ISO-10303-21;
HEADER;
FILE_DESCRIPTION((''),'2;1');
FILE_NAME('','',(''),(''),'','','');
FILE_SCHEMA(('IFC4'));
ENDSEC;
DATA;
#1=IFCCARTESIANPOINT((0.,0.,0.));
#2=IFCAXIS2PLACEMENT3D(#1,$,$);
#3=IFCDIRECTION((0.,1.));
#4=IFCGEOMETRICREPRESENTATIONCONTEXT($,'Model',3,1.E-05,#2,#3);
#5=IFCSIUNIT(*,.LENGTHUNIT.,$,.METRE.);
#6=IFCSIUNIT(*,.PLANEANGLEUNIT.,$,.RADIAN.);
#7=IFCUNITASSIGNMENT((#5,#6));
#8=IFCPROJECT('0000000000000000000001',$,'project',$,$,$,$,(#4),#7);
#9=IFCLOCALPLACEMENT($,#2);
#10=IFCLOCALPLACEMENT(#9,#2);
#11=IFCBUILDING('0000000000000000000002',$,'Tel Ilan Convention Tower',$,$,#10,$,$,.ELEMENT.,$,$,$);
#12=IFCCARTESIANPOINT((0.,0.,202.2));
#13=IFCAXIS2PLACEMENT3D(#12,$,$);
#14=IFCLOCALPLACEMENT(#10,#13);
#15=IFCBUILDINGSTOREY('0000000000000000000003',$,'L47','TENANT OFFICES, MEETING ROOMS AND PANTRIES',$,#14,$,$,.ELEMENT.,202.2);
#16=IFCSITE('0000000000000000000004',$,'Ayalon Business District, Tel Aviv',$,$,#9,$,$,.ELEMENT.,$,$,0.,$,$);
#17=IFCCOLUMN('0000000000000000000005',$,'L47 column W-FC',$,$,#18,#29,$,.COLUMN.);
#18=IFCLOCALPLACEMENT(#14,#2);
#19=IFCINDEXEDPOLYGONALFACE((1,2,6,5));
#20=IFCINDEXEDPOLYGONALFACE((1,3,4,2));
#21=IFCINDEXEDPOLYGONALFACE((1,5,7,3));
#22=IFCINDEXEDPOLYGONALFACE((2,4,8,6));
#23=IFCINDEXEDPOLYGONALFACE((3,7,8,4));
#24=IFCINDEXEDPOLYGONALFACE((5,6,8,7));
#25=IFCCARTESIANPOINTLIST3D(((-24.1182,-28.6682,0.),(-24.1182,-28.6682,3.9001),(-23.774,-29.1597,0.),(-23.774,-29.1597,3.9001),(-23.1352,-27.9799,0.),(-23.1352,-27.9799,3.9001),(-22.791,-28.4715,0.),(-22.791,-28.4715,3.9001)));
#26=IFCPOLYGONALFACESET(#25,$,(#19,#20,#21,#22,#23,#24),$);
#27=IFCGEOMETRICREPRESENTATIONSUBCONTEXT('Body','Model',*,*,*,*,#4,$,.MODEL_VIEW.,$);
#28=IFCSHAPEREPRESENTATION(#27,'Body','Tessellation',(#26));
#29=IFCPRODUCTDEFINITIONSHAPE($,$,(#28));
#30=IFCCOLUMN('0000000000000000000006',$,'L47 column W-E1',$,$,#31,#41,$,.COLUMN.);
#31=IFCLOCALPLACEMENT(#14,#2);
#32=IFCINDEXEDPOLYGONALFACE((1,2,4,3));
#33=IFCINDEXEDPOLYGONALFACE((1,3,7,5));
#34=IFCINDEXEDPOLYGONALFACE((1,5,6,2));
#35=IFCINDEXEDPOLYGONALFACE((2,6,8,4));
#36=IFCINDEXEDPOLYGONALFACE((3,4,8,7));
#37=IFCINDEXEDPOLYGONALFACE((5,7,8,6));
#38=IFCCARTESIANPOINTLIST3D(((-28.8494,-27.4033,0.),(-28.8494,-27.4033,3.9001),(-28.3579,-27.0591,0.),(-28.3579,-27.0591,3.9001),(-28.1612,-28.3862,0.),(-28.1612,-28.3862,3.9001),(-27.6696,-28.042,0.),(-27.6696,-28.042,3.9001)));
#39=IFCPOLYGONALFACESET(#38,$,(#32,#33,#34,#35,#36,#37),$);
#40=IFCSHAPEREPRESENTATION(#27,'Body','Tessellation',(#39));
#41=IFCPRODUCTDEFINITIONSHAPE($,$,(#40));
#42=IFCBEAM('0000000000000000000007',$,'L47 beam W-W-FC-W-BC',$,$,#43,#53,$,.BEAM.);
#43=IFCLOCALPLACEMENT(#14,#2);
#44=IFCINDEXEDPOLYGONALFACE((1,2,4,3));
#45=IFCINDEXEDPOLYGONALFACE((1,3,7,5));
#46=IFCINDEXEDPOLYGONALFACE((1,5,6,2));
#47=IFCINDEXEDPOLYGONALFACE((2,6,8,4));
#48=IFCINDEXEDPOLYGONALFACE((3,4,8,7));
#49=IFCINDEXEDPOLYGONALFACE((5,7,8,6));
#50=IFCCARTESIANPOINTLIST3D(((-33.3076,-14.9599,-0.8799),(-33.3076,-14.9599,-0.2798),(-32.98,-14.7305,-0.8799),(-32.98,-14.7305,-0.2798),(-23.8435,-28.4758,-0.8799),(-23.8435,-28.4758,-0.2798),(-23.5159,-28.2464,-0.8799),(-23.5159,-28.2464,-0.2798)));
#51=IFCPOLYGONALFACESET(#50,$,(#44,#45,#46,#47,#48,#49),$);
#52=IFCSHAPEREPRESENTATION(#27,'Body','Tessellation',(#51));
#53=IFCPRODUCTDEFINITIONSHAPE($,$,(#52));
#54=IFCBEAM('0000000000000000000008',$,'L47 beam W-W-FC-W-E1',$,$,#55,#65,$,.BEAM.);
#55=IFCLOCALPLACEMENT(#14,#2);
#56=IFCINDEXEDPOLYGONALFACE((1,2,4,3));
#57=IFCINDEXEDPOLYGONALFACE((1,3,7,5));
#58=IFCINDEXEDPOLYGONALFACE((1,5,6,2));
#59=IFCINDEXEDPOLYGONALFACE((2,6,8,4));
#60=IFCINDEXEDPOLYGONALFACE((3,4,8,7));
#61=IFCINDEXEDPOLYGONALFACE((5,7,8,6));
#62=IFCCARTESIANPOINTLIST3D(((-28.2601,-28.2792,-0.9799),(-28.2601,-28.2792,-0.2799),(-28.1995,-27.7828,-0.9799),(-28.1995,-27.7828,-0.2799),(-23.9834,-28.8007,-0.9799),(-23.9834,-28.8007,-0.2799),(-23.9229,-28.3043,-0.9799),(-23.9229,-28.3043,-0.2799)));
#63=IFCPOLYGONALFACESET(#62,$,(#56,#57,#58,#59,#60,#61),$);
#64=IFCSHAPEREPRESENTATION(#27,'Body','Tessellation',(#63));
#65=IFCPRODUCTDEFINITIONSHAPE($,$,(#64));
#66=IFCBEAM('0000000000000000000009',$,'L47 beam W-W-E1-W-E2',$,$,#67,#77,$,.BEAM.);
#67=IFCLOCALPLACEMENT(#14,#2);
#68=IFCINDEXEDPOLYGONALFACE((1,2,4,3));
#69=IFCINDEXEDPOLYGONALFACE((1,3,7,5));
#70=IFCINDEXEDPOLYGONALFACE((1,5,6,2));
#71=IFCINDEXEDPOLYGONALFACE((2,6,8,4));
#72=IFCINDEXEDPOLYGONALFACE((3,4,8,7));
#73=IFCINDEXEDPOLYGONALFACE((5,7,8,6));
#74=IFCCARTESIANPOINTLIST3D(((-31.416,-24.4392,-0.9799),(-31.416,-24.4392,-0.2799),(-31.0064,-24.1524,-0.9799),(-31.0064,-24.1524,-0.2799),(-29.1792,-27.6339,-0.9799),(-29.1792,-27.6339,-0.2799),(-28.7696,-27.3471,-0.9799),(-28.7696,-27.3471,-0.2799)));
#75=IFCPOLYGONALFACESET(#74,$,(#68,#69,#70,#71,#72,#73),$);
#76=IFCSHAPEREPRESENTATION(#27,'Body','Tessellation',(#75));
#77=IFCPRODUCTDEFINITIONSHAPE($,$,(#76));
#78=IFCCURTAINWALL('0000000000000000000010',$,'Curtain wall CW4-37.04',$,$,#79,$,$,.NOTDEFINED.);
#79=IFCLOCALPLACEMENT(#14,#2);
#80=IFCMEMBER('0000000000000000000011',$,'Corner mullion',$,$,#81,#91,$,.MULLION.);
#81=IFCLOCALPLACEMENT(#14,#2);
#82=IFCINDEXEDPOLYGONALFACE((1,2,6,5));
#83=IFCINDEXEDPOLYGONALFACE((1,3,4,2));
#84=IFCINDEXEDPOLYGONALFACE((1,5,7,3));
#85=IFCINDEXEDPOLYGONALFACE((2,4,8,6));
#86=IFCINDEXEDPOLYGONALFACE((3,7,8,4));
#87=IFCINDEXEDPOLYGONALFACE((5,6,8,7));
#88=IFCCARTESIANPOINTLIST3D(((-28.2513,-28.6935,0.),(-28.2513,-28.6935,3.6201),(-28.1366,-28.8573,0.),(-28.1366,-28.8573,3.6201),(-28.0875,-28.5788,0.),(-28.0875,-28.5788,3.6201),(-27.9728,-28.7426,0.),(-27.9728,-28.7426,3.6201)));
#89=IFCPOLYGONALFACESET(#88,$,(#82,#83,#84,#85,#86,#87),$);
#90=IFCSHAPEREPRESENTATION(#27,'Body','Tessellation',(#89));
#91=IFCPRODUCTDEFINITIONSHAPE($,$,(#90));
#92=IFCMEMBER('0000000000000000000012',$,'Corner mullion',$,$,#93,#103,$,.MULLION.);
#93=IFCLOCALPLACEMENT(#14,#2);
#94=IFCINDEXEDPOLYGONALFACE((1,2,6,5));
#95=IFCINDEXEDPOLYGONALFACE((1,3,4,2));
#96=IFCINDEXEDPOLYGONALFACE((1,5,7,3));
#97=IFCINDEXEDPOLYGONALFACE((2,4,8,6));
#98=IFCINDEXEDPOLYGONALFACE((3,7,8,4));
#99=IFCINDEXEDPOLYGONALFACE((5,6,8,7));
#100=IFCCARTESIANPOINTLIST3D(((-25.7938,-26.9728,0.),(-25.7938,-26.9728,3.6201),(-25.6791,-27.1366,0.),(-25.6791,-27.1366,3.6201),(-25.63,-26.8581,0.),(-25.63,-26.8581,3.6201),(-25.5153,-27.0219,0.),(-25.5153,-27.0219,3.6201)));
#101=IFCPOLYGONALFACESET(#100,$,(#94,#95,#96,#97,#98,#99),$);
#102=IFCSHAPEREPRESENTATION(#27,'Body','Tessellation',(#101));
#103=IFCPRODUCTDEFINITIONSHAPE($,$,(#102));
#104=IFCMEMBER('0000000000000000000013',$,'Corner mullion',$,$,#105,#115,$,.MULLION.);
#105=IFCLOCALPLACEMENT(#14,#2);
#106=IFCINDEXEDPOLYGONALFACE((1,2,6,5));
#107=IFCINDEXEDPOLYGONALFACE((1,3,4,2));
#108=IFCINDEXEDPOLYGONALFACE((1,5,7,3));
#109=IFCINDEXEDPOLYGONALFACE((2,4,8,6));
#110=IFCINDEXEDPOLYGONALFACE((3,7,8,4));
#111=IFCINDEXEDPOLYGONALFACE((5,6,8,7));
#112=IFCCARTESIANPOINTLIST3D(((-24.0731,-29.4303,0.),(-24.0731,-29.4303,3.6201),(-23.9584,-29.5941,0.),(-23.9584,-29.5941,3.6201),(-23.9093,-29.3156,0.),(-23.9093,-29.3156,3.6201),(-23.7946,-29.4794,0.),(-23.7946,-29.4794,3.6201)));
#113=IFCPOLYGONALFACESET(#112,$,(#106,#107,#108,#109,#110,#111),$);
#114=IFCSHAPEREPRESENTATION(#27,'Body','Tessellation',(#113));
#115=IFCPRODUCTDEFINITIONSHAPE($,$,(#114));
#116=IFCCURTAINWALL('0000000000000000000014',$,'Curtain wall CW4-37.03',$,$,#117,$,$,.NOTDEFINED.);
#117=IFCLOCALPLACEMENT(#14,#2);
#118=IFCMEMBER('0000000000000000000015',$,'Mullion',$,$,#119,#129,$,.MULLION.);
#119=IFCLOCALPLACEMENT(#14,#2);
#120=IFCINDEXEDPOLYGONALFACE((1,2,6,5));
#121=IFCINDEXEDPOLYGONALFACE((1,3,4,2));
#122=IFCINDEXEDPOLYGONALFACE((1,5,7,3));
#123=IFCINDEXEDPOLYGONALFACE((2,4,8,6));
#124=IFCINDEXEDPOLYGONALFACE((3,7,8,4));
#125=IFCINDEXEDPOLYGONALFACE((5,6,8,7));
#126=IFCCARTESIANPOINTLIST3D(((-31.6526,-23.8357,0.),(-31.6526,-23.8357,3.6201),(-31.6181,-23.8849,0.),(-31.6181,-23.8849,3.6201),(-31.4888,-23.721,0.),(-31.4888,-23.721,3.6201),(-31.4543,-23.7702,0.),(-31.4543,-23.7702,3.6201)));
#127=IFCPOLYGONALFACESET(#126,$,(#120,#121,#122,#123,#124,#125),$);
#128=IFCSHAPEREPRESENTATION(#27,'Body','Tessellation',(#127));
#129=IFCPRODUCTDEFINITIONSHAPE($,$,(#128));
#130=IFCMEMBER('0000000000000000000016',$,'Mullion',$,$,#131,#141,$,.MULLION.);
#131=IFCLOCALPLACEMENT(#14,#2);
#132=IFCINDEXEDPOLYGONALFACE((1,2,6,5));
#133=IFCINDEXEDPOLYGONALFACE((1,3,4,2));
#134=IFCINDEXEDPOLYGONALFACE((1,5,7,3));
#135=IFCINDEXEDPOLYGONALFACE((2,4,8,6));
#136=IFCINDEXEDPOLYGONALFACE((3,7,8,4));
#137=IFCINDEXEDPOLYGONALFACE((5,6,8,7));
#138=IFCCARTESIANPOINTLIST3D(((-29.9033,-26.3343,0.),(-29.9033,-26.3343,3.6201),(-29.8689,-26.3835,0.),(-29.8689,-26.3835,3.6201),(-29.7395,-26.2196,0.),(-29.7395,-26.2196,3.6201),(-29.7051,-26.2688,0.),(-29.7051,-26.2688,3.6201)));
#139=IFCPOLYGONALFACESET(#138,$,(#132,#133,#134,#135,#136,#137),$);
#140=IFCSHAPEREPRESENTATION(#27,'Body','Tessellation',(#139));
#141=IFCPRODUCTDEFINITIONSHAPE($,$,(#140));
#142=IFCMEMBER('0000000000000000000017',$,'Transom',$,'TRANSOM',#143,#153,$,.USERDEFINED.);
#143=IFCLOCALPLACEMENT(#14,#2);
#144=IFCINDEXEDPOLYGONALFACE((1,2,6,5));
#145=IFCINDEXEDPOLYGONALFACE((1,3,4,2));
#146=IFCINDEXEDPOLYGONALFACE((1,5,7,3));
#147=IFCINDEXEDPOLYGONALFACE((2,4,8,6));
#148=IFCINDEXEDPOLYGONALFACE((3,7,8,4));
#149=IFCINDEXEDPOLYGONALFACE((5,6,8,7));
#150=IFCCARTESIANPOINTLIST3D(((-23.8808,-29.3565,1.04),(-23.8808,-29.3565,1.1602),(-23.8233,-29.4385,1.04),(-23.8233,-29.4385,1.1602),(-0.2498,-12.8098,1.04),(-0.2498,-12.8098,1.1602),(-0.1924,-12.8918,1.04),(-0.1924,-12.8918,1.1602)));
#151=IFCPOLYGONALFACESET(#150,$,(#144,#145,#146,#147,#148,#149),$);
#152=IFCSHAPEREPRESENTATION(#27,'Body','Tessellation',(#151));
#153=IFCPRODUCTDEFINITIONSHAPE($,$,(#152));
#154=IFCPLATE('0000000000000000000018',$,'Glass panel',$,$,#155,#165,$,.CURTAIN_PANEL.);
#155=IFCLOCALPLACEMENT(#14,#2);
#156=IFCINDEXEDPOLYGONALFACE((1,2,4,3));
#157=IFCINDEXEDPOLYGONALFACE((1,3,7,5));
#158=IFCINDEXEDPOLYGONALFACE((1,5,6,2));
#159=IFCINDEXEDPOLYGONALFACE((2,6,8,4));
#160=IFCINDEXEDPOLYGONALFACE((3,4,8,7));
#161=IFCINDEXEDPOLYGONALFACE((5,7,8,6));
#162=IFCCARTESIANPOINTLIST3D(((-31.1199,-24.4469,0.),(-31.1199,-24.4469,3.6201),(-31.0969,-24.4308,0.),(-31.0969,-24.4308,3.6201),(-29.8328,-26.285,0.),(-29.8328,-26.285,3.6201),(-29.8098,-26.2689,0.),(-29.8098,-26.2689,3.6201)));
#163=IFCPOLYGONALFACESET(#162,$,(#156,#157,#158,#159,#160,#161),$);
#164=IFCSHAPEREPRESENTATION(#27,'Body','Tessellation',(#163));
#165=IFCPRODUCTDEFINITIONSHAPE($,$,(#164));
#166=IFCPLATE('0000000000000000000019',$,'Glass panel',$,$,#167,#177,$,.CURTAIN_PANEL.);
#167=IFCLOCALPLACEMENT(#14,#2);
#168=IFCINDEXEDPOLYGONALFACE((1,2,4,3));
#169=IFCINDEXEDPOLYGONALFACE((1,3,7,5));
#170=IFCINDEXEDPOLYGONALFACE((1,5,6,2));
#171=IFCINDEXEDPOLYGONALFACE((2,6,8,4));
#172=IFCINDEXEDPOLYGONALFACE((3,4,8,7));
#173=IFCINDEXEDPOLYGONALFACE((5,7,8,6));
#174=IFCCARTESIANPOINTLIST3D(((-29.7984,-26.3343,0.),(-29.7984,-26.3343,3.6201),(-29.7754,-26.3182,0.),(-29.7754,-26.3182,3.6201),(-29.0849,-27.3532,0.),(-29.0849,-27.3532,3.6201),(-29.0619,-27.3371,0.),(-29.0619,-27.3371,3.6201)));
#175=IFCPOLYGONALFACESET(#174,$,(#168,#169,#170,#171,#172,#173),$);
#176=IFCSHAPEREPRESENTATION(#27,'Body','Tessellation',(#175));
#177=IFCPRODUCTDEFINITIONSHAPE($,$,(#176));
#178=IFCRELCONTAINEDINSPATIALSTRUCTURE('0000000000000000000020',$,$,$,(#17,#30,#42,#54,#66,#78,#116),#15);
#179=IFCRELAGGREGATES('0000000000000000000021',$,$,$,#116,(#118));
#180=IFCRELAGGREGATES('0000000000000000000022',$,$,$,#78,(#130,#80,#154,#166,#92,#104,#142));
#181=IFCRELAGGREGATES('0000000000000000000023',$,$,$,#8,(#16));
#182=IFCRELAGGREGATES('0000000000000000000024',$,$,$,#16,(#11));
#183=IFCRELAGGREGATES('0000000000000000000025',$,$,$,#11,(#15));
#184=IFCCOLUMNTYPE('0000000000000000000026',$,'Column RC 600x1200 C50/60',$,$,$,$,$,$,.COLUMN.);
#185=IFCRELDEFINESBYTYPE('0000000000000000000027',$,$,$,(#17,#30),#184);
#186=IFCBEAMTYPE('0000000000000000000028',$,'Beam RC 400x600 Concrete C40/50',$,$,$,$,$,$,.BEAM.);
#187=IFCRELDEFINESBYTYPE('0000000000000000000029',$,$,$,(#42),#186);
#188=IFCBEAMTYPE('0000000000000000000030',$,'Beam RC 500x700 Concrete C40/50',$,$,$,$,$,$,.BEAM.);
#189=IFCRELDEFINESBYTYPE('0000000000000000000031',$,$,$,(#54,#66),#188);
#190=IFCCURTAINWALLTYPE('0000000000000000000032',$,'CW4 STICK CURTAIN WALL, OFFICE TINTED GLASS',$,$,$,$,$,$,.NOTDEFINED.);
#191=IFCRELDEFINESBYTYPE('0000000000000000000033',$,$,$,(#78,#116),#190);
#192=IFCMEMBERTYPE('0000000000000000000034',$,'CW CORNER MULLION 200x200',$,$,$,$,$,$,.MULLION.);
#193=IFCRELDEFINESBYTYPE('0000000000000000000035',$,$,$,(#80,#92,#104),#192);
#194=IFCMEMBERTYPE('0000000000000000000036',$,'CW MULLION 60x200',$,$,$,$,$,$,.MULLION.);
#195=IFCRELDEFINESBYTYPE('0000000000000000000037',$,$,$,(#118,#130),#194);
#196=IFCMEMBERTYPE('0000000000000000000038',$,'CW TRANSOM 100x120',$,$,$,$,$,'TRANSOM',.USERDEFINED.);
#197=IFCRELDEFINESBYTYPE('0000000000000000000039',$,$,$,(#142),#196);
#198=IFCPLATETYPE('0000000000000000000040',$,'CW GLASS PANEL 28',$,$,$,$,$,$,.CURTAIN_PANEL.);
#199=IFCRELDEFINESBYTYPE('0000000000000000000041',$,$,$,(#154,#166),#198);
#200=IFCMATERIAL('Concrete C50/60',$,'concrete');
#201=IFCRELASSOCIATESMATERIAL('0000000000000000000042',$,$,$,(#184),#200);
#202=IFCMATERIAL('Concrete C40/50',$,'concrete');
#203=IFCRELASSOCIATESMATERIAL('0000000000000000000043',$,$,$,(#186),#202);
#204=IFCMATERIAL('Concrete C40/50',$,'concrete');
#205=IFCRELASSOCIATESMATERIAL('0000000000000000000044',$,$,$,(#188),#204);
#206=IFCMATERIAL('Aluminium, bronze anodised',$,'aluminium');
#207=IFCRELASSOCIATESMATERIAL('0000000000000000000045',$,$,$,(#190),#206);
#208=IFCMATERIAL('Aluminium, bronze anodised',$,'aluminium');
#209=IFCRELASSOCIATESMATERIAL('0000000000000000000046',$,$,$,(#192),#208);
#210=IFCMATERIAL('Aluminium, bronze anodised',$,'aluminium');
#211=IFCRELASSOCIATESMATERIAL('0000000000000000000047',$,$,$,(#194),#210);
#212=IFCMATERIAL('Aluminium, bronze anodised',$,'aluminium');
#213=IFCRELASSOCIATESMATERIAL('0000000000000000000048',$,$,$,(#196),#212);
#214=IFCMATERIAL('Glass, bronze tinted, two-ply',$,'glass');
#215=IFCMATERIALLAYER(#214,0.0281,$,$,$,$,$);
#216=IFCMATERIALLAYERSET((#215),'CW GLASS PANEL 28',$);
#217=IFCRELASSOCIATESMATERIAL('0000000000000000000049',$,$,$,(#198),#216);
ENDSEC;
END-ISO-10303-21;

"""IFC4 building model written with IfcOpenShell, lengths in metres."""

from ifc_helpers import new_model, si_unit, direction, frame, origin, origin_2d, place, context, subcontext, project, spatial, rectangle, extrude, material, layer, layer_set, material_profile, profile_set, type_object, element, aggregate, save


model = new_model("IFC4")

# Units and contexts
model_context = context("Model", 3, precision=1e-05, world=origin(), true_north=direction((0.0, 1.0)))
body_context = subcontext(model_context, "Body", "Model", "MODEL_VIEW")
ifc_project = project(units=[si_unit("LENGTHUNIT", "METRE"), si_unit("PLANEANGLEUNIT", "RADIAN")], contexts=[model_context])

# Site, building, storey
site_placement = place(None, origin())
site = spatial("IfcSite", under=ifc_project, at=site_placement, Name="Ayalon Business District, Tel Aviv", CompositionType="ELEMENT", RefElevation=0.0)
building_placement = place(site_placement, origin())
building = spatial("IfcBuilding", under=site, at=building_placement, Name="Tel Ilan Convention Tower", CompositionType="ELEMENT")
storey_placement = place(building_placement, frame((0.0, 0.0, 202.2)))
storey = spatial("IfcBuildingStorey", under=building, at=storey_placement, Name="L47", Description="TENANT OFFICES, MEETING ROOMS AND PANTRIES", CompositionType="ELEMENT", Elevation=202.2)

# Columns
ifc_material_1 = material(Name="Concrete C50/60", Category="concrete")
ifc_material_profile_1 = material_profile(ifc_material_1, rectangle(XDim=1.2, YDim=0.6001, at=origin_2d()), Name="RC 600x1200")
ifc_profile_set_1 = profile_set([ifc_material_profile_1], Name="Concrete C50/60")
column_type = type_object("IfcColumnType", Name="Column RC 600x1200 C50/60", PredefinedType="COLUMN", material=ifc_profile_set_1)
for number, where, z_axis, x_axis, name in (
    (1, (-23.4546, -28.5698, 0.0), (0.0, 0.0, 1.0), (-0.819152, -0.573576, 0.0), "L47 column W-FC"),
    (2, (-28.2595, -27.7227, 0.0), (0.0, 0.0, 1.0), (-0.573576, 0.819152, 0.0), "L47 column W-E1"),
):
    element("IfcColumn", number, at=place(storey_placement, frame(where, z_axis=z_axis, x_axis=x_axis)), inside=storey, type_object=column_type, Name=name, PredefinedType="COLUMN", context=body_context, shape_type="SweptSolid", body=[
        extrude(rectangle(XDim=1.2, YDim=0.6001, at=origin_2d()), origin(), (0.0, 0.0, 1.0), 3.9001),
    ])

# Beams
ifc_material_2 = material(Name="Concrete C40/50", Category="concrete")
ifc_material_profile_2 = material_profile(ifc_material_2, rectangle(XDim=0.3999, YDim=0.6001, at=origin_2d()), Name="RC 400x600")
ifc_profile_set_2 = profile_set([ifc_material_profile_2], Name="Concrete C40/50")
beam_type_1 = type_object("IfcBeamType", Name="Beam RC 400x600 Concrete C40/50", PredefinedType="BEAM", material=ifc_profile_set_2)
beam_1_placement = place(storey_placement, frame((-23.6797, -28.3611, -0.5798), z_axis=(-0.573584, 0.819146, 0.0), x_axis=(-0.819146, -0.573584, 0.0)))
element("IfcBeam", 3, at=beam_1_placement, inside=storey, type_object=beam_type_1, Name="L47 beam W-W-FC-W-BC", PredefinedType="BEAM", context=body_context, shape_type="SweptSolid", body=[
    extrude(rectangle(XDim=0.3999, YDim=0.6001, at=origin_2d()), origin(), (0.0, 0.0, 1.0), 16.5),
])
ifc_material_3 = material(Name="Concrete C40/50", Category="concrete")
ifc_material_profile_3 = material_profile(ifc_material_3, rectangle(XDim=0.5, YDim=0.7, at=origin_2d()), Name="RC 500x700")
ifc_profile_set_3 = profile_set([ifc_material_profile_3], Name="Concrete C40/50")
beam_type_2 = type_object("IfcBeamType", Name="Beam RC 500x700 Concrete C40/50", PredefinedType="BEAM", material=ifc_profile_set_3)
beam_2_placement = place(storey_placement, frame((-23.9531, -28.5525, -0.6299), z_axis=(-0.992647, 0.121042, 0.0), x_axis=(-0.121042, -0.992647, 0.0)))
element("IfcBeam", 4, at=beam_2_placement, inside=storey, type_object=beam_type_2, Name="L47 beam W-W-FC-W-E1", PredefinedType="BEAM", context=body_context, shape_type="SweptSolid", body=[
    extrude(rectangle(XDim=0.5, YDim=0.7, at=origin_2d()), origin(), (0.0, 0.0, 1.0), 4.3083),
])
beam_3_placement = place(storey_placement, frame((-28.9744, -27.4905, -0.6299), z_axis=(-0.573567, 0.819158, 0.0), x_axis=(-0.819158, -0.573567, 0.0)))
element("IfcBeam", 5, at=beam_3_placement, inside=storey, type_object=beam_type_2, Name="L47 beam W-W-E1-W-E2", PredefinedType="BEAM", context=body_context, shape_type="SweptSolid", body=[
    extrude(rectangle(XDim=0.5, YDim=0.7, at=origin_2d()), origin(), (0.0, 0.0, 1.0), 3.8999),
])

# Curtain wall, members
ifc_material_4 = material(Name="Aluminium, bronze anodised", Category="aluminium")
curtain_wall_type = type_object("IfcCurtainWallType", Name="CW4 STICK CURTAIN WALL, OFFICE TINTED GLASS", PredefinedType="NOTDEFINED", material=ifc_material_4)
curtain_wall_1_placement = place(storey_placement, origin())
curtain_wall_1 = element("IfcCurtainWall", 6, at=curtain_wall_1_placement, inside=storey, type_object=curtain_wall_type, Name="Curtain wall CW4-37.04", PredefinedType="NOTDEFINED")
ifc_material_5 = material(Name="Aluminium, bronze anodised", Category="aluminium")
ifc_material_profile_4 = material_profile(ifc_material_5, rectangle(XDim=0.2, YDim=0.2, at=origin_2d()), Name="CW CORNER MULLION 200x200")
ifc_profile_set_4 = profile_set([ifc_material_profile_4], Name="Aluminium, bronze anodised")
member_type_1 = type_object("IfcMemberType", Name="CW CORNER MULLION 200x200", PredefinedType="MULLION", material=ifc_profile_set_4)
member_1_placement = place(storey_placement, frame((-28.1121, -28.718, 0.0), z_axis=(0.0, 0.0, 1.0), x_axis=(0.573576, -0.819152, 0.0)))
member_1 = element("IfcMember", 7, at=member_1_placement, type_object=member_type_1, Name="Corner mullion", PredefinedType="MULLION", context=body_context, shape_type="SweptSolid", body=[
    extrude(rectangle(XDim=0.2, YDim=0.2, at=origin_2d()), origin(), (0.0, 0.0, 1.0), 3.6201),
])
member_2_placement = place(storey_placement, frame((-25.6545, -26.9973, 0.0), z_axis=(0.0, 0.0, 1.0), x_axis=(0.819152, 0.573576, 0.0)))
member_2 = element("IfcMember", 8, at=member_2_placement, type_object=member_type_1, Name="Corner mullion", PredefinedType="MULLION", context=body_context, shape_type="SweptSolid", body=[
    extrude(rectangle(XDim=0.2, YDim=0.2, at=origin_2d()), origin(), (0.0, 0.0, 1.0), 3.6201),
])
member_3_placement = place(storey_placement, frame((-23.9338, -29.4548, 0.0), z_axis=(0.0, 0.0, 1.0), x_axis=(0.573576, -0.819152, 0.0)))
member_3 = element("IfcMember", 9, at=member_3_placement, type_object=member_type_1, Name="Corner mullion", PredefinedType="MULLION", context=body_context, shape_type="SweptSolid", body=[
    extrude(rectangle(XDim=0.2, YDim=0.2, at=origin_2d()), origin(), (0.0, 0.0, 1.0), 3.6201),
])

# Curtain wall, member
curtain_wall_2_placement = place(storey_placement, origin())
curtain_wall_2 = element("IfcCurtainWall", 10, at=curtain_wall_2_placement, inside=storey, type_object=curtain_wall_type, Name="Curtain wall CW4-37.03", PredefinedType="NOTDEFINED")
ifc_material_6 = material(Name="Aluminium, bronze anodised", Category="aluminium")
ifc_material_profile_5 = material_profile(ifc_material_6, rectangle(XDim=0.0601, YDim=0.2, at=origin_2d()), Name="CW MULLION 60x200")
ifc_profile_set_5 = profile_set([ifc_material_profile_5], Name="Aluminium, bronze anodised")
member_type_2 = type_object("IfcMemberType", Name="CW MULLION 60x200", PredefinedType="MULLION", material=ifc_profile_set_5)
member_4_placement = place(storey_placement, frame((-31.5535, -23.803, 0.0), z_axis=(0.0, 0.0, 1.0), x_axis=(0.573576, -0.819152, 0.0)))
member_4 = element("IfcMember", 11, at=member_4_placement, type_object=member_type_2, Name="Mullion", PredefinedType="MULLION", context=body_context, shape_type="SweptSolid", body=[
    extrude(rectangle(XDim=0.0601, YDim=0.2, at=origin_2d()), origin(), (0.0, 0.0, 1.0), 3.6201),
])
aggregate(curtain_wall_2, [member_4])

# Members
member_5_placement = place(storey_placement, frame((-29.8042, -26.3015, 0.0), z_axis=(0.0, 0.0, 1.0), x_axis=(0.573576, -0.819152, 0.0)))
member_5 = element("IfcMember", 12, at=member_5_placement, type_object=member_type_2, Name="Mullion", PredefinedType="MULLION", context=body_context, shape_type="SweptSolid", body=[
    extrude(rectangle(XDim=0.0601, YDim=0.2, at=origin_2d()), origin(), (0.0, 0.0, 1.0), 3.6201),
])
ifc_material_7 = material(Name="Aluminium, bronze anodised", Category="aluminium")
ifc_material_profile_6 = material_profile(ifc_material_7, rectangle(XDim=0.1001, YDim=0.1201, at=origin_2d()), Name="CW TRANSOM 100x120")
ifc_profile_set_6 = profile_set([ifc_material_profile_6], Name="Aluminium, bronze anodised")
member_type_3 = type_object("IfcMemberType", Name="CW TRANSOM 100x120", ElementType="TRANSOM", PredefinedType="USERDEFINED", material=ifc_profile_set_6)
member_6_placement = place(storey_placement, frame((-23.8521, -29.3975, 1.1001), z_axis=(0.81915, 0.573579, 0.0), x_axis=(-0.573579, 0.81915, 0.0)))
member_6 = element("IfcMember", 13, at=member_6_placement, type_object=member_type_3, Name="Transom", ObjectType="TRANSOM", PredefinedType="USERDEFINED", context=body_context, shape_type="SweptSolid", body=[
    extrude(rectangle(XDim=0.1001, YDim=0.1201, at=origin_2d()), origin(), (0.0, 0.0, 1.0), 28.8481),
])

# Plates
ifc_material_8 = material(Name="Glass, bronze tinted, two-ply", Category="glass")
ifc_layer_1 = layer(ifc_material_8, 0.0281)
ifc_layer_set_1 = layer_set([ifc_layer_1], Name="CW GLASS PANEL 28")
plate_type = type_object("IfcPlateType", Name="CW GLASS PANEL 28", PredefinedType="CURTAIN_PANEL", material=ifc_layer_set_1)
plate_1_placement = place(storey_placement, frame((-30.4648, -25.3579, 0.0), z_axis=(0.0, 0.0, 1.0), x_axis=(0.573576, -0.819152, 0.0)))
plate_1 = element("IfcPlate", 14, at=plate_1_placement, type_object=plate_type, Name="Glass panel", PredefinedType="CURTAIN_PANEL", context=body_context, shape_type="SweptSolid", body=[
    extrude(rectangle(XDim=2.2439, YDim=0.0281, at=origin_2d()), origin(), (0.0, 0.0, 1.0), 3.6201),
])
plate_2_placement = place(storey_placement, frame((-29.4302, -26.8357, 0.0), z_axis=(0.0, 0.0, 1.0), x_axis=(0.573576, -0.819152, 0.0)))
plate_2 = element("IfcPlate", 15, at=plate_2_placement, type_object=plate_type, Name="Glass panel", PredefinedType="CURTAIN_PANEL", context=body_context, shape_type="SweptSolid", body=[
    extrude(rectangle(XDim=1.2439, YDim=0.0281, at=origin_2d()), origin(), (0.0, 0.0, 1.0), 3.6201),
])
aggregate(curtain_wall_1, [member_5, member_1, plate_1, plate_2, member_2, member_3, member_6])

save(model, "model.ifc")
